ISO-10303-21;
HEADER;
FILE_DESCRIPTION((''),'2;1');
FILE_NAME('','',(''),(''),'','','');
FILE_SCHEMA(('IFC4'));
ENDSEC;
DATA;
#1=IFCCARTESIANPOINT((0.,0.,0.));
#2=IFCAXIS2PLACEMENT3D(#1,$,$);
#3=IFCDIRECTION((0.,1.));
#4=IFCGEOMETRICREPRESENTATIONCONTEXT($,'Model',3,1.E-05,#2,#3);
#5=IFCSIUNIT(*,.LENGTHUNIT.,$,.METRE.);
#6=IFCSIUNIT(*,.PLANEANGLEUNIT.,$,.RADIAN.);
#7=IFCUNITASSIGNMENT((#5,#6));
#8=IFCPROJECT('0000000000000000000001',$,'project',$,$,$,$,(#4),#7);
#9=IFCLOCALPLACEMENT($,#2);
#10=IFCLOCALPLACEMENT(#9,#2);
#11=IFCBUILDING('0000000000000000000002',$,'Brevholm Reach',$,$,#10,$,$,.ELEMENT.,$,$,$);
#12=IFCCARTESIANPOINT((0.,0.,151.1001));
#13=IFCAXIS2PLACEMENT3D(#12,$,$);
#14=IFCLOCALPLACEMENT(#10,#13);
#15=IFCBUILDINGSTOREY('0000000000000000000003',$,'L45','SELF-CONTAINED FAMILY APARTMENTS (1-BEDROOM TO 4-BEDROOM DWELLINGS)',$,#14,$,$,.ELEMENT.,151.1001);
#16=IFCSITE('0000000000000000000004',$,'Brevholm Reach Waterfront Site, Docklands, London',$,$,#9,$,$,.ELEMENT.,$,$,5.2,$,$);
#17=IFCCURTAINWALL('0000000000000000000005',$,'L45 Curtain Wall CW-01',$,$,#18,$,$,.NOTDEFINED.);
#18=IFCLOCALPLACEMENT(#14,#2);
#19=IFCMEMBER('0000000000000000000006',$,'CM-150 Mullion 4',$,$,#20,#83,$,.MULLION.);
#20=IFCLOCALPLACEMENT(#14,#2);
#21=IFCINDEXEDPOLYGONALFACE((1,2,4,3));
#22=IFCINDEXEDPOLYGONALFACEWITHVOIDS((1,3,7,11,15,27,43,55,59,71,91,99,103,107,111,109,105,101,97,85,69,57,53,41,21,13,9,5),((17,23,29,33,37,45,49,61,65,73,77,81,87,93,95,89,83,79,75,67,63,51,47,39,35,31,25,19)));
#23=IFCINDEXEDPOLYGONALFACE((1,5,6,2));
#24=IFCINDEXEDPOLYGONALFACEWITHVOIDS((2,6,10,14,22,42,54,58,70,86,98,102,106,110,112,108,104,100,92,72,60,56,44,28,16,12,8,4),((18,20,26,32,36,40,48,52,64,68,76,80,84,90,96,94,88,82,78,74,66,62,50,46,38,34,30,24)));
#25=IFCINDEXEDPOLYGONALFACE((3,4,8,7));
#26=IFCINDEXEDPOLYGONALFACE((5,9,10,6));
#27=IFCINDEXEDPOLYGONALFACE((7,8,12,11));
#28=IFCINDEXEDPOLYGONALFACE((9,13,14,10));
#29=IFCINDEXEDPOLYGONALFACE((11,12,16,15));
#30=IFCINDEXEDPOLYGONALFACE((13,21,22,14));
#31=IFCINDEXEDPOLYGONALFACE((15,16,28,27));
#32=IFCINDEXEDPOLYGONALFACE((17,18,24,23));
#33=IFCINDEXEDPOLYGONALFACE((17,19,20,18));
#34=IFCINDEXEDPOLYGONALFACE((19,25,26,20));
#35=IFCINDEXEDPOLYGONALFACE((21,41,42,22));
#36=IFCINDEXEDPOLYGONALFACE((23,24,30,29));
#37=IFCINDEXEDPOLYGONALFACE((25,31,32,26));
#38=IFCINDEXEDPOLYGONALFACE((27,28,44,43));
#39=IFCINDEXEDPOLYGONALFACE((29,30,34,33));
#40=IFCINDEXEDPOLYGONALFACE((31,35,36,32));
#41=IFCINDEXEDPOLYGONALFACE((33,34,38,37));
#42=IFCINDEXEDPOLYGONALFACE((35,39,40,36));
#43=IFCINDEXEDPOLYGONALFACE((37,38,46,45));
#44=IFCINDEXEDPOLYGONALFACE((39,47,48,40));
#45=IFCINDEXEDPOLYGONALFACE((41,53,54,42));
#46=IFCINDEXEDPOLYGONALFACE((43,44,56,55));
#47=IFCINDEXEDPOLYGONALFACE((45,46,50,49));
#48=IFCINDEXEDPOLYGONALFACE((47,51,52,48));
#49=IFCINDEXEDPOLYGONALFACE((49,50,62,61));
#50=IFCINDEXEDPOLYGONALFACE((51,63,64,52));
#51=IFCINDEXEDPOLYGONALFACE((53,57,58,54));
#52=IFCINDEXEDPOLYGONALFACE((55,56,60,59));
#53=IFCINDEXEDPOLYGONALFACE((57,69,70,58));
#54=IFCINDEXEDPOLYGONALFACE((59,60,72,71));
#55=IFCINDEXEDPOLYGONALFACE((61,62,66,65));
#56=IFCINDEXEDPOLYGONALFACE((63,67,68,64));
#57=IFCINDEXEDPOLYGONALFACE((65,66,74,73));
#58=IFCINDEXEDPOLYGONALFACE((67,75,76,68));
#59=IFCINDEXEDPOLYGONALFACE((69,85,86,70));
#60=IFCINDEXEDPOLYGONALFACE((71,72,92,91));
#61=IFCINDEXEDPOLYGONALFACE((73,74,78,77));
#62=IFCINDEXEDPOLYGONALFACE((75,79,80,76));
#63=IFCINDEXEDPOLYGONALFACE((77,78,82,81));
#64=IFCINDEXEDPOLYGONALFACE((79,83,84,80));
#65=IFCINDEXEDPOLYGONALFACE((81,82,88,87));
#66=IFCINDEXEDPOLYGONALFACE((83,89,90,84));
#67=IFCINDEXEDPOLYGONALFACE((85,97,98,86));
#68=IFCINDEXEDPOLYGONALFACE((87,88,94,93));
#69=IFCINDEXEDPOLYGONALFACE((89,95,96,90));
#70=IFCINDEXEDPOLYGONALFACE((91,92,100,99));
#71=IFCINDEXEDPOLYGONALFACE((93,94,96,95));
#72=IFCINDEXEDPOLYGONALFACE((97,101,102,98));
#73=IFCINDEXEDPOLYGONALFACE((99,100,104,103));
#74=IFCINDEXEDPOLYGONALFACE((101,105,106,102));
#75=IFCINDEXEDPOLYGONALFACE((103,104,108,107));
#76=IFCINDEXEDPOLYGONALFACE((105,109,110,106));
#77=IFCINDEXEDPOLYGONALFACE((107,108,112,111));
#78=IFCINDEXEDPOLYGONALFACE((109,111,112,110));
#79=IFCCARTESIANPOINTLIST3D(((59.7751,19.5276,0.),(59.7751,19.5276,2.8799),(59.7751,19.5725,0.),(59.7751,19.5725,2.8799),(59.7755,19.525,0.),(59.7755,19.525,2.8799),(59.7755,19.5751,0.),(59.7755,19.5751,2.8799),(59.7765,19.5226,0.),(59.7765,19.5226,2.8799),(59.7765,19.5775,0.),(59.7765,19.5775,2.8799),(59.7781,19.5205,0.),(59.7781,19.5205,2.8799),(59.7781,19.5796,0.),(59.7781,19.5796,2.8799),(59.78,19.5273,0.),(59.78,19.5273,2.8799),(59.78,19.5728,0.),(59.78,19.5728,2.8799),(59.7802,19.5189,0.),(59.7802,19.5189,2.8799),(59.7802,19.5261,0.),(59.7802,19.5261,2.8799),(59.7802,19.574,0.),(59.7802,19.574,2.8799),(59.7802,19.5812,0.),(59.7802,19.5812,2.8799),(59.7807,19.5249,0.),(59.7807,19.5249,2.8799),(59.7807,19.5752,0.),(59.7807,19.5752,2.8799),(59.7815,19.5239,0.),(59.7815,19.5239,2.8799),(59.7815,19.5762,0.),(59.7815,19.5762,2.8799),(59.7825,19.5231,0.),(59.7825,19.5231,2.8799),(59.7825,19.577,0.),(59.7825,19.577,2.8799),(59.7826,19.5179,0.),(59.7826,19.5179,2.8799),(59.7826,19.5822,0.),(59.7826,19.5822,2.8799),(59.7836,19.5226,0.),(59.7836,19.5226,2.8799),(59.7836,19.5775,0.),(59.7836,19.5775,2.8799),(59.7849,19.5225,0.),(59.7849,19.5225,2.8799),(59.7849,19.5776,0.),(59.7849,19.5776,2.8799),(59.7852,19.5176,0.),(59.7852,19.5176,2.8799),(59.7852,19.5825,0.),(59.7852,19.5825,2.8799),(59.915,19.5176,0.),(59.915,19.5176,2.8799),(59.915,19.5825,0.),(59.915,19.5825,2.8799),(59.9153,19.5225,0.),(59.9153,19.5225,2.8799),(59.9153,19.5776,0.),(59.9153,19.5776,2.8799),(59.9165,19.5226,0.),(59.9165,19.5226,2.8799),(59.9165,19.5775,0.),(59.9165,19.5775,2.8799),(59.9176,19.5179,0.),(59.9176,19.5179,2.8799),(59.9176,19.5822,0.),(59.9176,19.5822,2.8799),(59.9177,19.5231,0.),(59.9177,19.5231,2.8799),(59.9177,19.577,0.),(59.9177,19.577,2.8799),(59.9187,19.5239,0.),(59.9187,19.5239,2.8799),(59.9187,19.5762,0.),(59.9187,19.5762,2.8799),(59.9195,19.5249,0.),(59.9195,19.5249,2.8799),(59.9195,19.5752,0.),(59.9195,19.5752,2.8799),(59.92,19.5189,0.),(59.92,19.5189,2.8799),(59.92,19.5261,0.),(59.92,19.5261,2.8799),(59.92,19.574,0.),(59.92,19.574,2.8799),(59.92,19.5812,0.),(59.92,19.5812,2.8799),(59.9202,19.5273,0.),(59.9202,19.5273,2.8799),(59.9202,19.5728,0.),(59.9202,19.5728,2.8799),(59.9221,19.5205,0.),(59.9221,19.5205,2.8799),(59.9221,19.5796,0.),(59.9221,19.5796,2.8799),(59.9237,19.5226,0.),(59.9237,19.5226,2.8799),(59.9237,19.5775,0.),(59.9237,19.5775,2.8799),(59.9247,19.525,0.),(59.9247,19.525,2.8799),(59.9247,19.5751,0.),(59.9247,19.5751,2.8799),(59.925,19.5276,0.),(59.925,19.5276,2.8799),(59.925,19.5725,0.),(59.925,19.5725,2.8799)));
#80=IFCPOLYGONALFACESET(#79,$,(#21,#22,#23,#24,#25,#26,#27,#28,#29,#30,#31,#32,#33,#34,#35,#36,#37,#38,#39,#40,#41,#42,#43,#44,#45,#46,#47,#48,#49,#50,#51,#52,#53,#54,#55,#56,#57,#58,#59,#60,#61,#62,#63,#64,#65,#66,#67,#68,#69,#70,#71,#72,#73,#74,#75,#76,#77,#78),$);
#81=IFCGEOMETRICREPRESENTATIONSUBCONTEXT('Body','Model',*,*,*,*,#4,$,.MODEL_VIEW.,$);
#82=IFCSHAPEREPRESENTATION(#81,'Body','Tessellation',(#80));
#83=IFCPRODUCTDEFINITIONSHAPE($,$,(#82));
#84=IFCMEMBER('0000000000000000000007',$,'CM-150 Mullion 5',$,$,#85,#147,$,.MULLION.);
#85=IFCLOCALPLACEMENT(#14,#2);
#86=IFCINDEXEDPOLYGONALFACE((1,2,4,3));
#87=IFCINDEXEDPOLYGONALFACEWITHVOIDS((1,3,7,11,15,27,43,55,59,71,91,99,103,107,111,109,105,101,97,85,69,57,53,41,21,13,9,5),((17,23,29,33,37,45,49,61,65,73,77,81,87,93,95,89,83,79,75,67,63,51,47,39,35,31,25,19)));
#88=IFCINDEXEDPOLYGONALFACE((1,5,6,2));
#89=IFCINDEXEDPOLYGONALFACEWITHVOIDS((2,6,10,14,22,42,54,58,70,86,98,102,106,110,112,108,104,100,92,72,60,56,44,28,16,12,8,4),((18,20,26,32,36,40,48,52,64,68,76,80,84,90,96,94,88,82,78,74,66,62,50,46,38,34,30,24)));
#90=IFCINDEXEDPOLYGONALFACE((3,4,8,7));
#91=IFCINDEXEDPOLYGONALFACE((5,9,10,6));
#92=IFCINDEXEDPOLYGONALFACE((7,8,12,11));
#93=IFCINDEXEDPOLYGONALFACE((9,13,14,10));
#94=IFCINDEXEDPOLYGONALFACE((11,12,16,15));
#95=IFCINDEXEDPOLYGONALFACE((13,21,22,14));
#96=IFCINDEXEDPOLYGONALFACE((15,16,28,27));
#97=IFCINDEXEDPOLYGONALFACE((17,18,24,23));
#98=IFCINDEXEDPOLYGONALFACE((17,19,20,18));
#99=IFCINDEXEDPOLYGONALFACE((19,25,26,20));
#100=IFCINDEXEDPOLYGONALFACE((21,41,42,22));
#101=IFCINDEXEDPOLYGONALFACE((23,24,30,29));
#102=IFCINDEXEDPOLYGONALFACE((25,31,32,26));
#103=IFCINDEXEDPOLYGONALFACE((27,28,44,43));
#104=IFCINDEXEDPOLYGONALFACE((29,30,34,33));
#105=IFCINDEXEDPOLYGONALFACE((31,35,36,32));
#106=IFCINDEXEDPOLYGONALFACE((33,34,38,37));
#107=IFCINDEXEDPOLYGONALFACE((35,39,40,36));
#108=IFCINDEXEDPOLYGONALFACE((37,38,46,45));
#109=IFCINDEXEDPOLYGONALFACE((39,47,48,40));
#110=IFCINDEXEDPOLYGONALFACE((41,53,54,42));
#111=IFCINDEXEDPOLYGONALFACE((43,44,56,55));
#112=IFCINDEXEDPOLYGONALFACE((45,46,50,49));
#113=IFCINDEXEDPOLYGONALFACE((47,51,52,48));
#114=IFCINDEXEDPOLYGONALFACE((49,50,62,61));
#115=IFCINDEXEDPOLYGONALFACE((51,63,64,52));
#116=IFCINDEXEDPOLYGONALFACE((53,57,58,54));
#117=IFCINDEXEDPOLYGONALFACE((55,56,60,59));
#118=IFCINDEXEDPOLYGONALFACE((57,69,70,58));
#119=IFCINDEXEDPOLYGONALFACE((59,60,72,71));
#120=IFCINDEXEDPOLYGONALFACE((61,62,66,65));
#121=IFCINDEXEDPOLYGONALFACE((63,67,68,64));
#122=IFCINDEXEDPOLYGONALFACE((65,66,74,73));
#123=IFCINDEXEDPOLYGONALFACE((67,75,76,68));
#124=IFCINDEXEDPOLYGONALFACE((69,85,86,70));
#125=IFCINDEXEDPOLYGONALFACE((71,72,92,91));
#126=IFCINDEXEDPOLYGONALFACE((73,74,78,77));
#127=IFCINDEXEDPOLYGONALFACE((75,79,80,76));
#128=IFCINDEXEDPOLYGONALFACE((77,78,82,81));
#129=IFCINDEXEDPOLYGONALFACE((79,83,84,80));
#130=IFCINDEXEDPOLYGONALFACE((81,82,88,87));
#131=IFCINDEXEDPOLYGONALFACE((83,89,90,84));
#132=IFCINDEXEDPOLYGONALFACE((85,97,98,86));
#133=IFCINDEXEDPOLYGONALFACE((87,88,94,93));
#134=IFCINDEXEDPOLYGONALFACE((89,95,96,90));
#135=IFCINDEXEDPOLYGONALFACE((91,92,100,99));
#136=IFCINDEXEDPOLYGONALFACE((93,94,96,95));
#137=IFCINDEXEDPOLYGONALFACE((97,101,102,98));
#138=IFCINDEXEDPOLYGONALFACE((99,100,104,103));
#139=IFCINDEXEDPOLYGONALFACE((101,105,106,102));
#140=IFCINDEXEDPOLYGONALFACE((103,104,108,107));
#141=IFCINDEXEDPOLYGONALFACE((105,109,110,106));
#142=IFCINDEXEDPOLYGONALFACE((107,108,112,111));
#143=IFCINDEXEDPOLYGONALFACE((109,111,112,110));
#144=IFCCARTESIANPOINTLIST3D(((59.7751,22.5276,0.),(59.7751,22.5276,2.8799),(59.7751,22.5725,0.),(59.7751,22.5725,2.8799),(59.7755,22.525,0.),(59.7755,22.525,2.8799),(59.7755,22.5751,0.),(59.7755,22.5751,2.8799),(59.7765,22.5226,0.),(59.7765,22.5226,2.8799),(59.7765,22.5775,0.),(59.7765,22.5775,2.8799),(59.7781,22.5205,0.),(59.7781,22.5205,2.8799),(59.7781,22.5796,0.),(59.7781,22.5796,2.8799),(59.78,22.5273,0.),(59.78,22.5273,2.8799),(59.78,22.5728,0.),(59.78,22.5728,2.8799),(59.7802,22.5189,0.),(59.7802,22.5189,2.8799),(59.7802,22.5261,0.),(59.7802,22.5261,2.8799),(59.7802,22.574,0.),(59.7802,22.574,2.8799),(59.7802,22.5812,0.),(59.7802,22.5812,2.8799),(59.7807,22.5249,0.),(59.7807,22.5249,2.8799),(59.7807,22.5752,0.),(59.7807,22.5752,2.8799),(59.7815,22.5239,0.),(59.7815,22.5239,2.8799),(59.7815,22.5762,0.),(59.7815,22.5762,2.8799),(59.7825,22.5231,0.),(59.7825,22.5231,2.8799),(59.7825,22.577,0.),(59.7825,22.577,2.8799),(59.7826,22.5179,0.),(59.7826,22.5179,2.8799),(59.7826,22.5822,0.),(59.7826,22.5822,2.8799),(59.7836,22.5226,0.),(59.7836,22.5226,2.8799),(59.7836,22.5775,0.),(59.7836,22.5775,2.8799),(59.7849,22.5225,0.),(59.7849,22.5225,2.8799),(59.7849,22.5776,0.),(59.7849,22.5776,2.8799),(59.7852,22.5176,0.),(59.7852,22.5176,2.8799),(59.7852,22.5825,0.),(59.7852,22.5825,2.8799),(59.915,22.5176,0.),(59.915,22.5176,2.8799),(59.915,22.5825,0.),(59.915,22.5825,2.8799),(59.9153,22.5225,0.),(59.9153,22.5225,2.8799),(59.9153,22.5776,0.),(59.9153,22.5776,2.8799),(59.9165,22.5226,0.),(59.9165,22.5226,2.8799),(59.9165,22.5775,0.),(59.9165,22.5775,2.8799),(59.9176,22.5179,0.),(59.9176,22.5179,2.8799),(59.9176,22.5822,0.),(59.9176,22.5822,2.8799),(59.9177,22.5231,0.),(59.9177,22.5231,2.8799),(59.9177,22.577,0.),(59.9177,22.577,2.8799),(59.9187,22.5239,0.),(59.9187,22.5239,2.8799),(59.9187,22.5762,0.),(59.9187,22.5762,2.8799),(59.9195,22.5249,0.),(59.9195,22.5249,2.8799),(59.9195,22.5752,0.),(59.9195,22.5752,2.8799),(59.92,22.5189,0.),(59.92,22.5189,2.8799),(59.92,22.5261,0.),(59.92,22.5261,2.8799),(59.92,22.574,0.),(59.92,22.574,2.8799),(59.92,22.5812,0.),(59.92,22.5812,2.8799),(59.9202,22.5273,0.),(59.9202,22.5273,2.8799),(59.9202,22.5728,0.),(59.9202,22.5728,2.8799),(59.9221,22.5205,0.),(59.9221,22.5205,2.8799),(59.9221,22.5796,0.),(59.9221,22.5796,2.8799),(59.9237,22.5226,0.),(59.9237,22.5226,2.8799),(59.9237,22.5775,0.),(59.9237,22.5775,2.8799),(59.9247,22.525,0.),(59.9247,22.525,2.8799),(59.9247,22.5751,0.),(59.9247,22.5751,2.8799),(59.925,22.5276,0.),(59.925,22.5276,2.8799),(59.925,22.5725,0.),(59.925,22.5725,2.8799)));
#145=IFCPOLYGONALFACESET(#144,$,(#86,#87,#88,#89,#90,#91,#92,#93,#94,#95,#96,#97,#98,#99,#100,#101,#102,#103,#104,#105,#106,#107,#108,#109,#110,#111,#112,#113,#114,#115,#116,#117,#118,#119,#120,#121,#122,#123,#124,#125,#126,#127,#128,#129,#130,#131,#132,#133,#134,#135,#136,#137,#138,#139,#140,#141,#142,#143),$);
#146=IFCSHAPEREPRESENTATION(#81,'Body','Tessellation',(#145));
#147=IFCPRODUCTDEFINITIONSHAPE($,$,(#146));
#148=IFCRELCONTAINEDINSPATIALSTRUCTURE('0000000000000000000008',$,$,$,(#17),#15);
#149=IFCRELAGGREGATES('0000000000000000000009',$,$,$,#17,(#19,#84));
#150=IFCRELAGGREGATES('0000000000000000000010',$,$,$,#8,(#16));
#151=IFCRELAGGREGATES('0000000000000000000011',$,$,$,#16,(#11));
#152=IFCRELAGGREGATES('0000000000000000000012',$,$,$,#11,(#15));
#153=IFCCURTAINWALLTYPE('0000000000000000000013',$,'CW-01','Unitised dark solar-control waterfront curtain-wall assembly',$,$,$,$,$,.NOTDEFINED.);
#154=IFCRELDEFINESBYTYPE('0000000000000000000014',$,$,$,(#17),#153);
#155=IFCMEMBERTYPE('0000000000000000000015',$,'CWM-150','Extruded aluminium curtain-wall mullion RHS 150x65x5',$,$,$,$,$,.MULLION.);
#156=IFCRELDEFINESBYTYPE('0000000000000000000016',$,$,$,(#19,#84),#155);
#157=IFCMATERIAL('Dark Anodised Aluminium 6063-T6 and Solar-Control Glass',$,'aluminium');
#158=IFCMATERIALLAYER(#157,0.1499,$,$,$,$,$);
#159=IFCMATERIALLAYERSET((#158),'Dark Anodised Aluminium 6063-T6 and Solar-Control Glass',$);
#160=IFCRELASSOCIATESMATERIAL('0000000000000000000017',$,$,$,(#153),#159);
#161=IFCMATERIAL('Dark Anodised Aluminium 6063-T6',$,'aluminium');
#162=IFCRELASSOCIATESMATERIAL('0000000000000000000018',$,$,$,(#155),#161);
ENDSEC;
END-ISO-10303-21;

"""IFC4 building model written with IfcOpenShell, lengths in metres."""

from ifc_helpers import new_model, si_unit, direction, frame, origin, origin_2d, place, context, subcontext, project, spatial, hollow_rectangle, extrude, material, layer, layer_set, material_profile, profile_set, type_object, element, aggregate, save


model = new_model("IFC4")

# Units and contexts
model_context = context("Model", 3, precision=1e-05, world=origin(), true_north=direction((0.0, 1.0)))
body_context = subcontext(model_context, "Body", "Model", "MODEL_VIEW")
ifc_project = project(units=[si_unit("LENGTHUNIT", "METRE"), si_unit("PLANEANGLEUNIT", "RADIAN")], contexts=[model_context])

# Site, building, storey
site_placement = place(None, origin())
site = spatial("IfcSite", under=ifc_project, at=site_placement, Name="Brevholm Reach Waterfront Site, Docklands, London", CompositionType="ELEMENT", RefElevation=5.2)
building_placement = place(site_placement, origin())
building = spatial("IfcBuilding", under=site, at=building_placement, Name="Brevholm Reach", CompositionType="ELEMENT")
storey_placement = place(building_placement, frame((0.0, 0.0, 151.1001)))
storey = spatial("IfcBuildingStorey", under=building, at=storey_placement, Name="L45", Description="SELF-CONTAINED FAMILY APARTMENTS (1-BEDROOM TO 4-BEDROOM DWELLINGS)", CompositionType="ELEMENT", Elevation=151.1001)

# Curtain wall, members
ifc_material_1 = material(Name="Dark Anodised Aluminium 6063-T6 and Solar-Control Glass", Category="aluminium")
ifc_layer_1 = layer(ifc_material_1, 0.1499)
ifc_layer_set_1 = layer_set([ifc_layer_1], Name="Dark Anodised Aluminium 6063-T6 and Solar-Control Glass")
curtain_wall_type = type_object("IfcCurtainWallType", Name="CW-01", Description="Unitised dark solar-control waterfront curtain-wall assembly", PredefinedType="NOTDEFINED", material=ifc_layer_set_1)
curtain_wall_placement = place(storey_placement, origin())
curtain_wall = element("IfcCurtainWall", 1, at=curtain_wall_placement, inside=storey, type_object=curtain_wall_type, Name="L45 Curtain Wall CW-01", PredefinedType="NOTDEFINED")
ifc_material_2 = material(Name="Dark Anodised Aluminium 6063-T6", Category="aluminium")
ifc_material_profile_1 = material_profile(ifc_material_2, hollow_rectangle(XDim=0.0649, YDim=0.1499, WallThickness=0.0049, InnerFilletRadius=0.0049, OuterFilletRadius=0.01, at=origin_2d()), Name="RHS 150x65x5")
ifc_profile_set_1 = profile_set([ifc_material_profile_1], Name="Dark Anodised Aluminium 6063-T6")
member_type_1 = type_object("IfcMemberType", Name="CWM-150", Description="Extruded aluminium curtain-wall mullion RHS 150x65x5", PredefinedType="MULLION", material=ifc_profile_set_1)
member_1_placement = place(storey_placement, frame((59.8501, 19.55, 0.0), z_axis=(0.0, 0.0, 1.0), x_axis=(0.0, 1.0, 0.0)))
member_1 = element("IfcMember", 2, at=member_1_placement, type_object=member_type_1, Name="CM-150 Mullion 4", PredefinedType="MULLION", context=body_context, shape_type="SweptSolid", body=[
    extrude(hollow_rectangle(XDim=0.0649, YDim=0.1499, WallThickness=0.0049, InnerFilletRadius=0.0049, OuterFilletRadius=0.01, at=origin_2d()), origin(), (0.0, 0.0, 1.0), 2.8799),
])
member_2_placement = place(storey_placement, frame((59.8501, 22.55, 0.0), z_axis=(0.0, 0.0, 1.0), x_axis=(0.0, 1.0, 0.0)))
member_2 = element("IfcMember", 3, at=member_2_placement, type_object=member_type_1, Name="CM-150 Mullion 5", PredefinedType="MULLION", context=body_context, shape_type="SweptSolid", body=[
    extrude(hollow_rectangle(XDim=0.0649, YDim=0.1499, WallThickness=0.0049, InnerFilletRadius=0.0049, OuterFilletRadius=0.01, at=origin_2d()), origin(), (0.0, 0.0, 1.0), 2.8799),
])
aggregate(curtain_wall, [member_1, member_2])

save(model, "model.ifc")
